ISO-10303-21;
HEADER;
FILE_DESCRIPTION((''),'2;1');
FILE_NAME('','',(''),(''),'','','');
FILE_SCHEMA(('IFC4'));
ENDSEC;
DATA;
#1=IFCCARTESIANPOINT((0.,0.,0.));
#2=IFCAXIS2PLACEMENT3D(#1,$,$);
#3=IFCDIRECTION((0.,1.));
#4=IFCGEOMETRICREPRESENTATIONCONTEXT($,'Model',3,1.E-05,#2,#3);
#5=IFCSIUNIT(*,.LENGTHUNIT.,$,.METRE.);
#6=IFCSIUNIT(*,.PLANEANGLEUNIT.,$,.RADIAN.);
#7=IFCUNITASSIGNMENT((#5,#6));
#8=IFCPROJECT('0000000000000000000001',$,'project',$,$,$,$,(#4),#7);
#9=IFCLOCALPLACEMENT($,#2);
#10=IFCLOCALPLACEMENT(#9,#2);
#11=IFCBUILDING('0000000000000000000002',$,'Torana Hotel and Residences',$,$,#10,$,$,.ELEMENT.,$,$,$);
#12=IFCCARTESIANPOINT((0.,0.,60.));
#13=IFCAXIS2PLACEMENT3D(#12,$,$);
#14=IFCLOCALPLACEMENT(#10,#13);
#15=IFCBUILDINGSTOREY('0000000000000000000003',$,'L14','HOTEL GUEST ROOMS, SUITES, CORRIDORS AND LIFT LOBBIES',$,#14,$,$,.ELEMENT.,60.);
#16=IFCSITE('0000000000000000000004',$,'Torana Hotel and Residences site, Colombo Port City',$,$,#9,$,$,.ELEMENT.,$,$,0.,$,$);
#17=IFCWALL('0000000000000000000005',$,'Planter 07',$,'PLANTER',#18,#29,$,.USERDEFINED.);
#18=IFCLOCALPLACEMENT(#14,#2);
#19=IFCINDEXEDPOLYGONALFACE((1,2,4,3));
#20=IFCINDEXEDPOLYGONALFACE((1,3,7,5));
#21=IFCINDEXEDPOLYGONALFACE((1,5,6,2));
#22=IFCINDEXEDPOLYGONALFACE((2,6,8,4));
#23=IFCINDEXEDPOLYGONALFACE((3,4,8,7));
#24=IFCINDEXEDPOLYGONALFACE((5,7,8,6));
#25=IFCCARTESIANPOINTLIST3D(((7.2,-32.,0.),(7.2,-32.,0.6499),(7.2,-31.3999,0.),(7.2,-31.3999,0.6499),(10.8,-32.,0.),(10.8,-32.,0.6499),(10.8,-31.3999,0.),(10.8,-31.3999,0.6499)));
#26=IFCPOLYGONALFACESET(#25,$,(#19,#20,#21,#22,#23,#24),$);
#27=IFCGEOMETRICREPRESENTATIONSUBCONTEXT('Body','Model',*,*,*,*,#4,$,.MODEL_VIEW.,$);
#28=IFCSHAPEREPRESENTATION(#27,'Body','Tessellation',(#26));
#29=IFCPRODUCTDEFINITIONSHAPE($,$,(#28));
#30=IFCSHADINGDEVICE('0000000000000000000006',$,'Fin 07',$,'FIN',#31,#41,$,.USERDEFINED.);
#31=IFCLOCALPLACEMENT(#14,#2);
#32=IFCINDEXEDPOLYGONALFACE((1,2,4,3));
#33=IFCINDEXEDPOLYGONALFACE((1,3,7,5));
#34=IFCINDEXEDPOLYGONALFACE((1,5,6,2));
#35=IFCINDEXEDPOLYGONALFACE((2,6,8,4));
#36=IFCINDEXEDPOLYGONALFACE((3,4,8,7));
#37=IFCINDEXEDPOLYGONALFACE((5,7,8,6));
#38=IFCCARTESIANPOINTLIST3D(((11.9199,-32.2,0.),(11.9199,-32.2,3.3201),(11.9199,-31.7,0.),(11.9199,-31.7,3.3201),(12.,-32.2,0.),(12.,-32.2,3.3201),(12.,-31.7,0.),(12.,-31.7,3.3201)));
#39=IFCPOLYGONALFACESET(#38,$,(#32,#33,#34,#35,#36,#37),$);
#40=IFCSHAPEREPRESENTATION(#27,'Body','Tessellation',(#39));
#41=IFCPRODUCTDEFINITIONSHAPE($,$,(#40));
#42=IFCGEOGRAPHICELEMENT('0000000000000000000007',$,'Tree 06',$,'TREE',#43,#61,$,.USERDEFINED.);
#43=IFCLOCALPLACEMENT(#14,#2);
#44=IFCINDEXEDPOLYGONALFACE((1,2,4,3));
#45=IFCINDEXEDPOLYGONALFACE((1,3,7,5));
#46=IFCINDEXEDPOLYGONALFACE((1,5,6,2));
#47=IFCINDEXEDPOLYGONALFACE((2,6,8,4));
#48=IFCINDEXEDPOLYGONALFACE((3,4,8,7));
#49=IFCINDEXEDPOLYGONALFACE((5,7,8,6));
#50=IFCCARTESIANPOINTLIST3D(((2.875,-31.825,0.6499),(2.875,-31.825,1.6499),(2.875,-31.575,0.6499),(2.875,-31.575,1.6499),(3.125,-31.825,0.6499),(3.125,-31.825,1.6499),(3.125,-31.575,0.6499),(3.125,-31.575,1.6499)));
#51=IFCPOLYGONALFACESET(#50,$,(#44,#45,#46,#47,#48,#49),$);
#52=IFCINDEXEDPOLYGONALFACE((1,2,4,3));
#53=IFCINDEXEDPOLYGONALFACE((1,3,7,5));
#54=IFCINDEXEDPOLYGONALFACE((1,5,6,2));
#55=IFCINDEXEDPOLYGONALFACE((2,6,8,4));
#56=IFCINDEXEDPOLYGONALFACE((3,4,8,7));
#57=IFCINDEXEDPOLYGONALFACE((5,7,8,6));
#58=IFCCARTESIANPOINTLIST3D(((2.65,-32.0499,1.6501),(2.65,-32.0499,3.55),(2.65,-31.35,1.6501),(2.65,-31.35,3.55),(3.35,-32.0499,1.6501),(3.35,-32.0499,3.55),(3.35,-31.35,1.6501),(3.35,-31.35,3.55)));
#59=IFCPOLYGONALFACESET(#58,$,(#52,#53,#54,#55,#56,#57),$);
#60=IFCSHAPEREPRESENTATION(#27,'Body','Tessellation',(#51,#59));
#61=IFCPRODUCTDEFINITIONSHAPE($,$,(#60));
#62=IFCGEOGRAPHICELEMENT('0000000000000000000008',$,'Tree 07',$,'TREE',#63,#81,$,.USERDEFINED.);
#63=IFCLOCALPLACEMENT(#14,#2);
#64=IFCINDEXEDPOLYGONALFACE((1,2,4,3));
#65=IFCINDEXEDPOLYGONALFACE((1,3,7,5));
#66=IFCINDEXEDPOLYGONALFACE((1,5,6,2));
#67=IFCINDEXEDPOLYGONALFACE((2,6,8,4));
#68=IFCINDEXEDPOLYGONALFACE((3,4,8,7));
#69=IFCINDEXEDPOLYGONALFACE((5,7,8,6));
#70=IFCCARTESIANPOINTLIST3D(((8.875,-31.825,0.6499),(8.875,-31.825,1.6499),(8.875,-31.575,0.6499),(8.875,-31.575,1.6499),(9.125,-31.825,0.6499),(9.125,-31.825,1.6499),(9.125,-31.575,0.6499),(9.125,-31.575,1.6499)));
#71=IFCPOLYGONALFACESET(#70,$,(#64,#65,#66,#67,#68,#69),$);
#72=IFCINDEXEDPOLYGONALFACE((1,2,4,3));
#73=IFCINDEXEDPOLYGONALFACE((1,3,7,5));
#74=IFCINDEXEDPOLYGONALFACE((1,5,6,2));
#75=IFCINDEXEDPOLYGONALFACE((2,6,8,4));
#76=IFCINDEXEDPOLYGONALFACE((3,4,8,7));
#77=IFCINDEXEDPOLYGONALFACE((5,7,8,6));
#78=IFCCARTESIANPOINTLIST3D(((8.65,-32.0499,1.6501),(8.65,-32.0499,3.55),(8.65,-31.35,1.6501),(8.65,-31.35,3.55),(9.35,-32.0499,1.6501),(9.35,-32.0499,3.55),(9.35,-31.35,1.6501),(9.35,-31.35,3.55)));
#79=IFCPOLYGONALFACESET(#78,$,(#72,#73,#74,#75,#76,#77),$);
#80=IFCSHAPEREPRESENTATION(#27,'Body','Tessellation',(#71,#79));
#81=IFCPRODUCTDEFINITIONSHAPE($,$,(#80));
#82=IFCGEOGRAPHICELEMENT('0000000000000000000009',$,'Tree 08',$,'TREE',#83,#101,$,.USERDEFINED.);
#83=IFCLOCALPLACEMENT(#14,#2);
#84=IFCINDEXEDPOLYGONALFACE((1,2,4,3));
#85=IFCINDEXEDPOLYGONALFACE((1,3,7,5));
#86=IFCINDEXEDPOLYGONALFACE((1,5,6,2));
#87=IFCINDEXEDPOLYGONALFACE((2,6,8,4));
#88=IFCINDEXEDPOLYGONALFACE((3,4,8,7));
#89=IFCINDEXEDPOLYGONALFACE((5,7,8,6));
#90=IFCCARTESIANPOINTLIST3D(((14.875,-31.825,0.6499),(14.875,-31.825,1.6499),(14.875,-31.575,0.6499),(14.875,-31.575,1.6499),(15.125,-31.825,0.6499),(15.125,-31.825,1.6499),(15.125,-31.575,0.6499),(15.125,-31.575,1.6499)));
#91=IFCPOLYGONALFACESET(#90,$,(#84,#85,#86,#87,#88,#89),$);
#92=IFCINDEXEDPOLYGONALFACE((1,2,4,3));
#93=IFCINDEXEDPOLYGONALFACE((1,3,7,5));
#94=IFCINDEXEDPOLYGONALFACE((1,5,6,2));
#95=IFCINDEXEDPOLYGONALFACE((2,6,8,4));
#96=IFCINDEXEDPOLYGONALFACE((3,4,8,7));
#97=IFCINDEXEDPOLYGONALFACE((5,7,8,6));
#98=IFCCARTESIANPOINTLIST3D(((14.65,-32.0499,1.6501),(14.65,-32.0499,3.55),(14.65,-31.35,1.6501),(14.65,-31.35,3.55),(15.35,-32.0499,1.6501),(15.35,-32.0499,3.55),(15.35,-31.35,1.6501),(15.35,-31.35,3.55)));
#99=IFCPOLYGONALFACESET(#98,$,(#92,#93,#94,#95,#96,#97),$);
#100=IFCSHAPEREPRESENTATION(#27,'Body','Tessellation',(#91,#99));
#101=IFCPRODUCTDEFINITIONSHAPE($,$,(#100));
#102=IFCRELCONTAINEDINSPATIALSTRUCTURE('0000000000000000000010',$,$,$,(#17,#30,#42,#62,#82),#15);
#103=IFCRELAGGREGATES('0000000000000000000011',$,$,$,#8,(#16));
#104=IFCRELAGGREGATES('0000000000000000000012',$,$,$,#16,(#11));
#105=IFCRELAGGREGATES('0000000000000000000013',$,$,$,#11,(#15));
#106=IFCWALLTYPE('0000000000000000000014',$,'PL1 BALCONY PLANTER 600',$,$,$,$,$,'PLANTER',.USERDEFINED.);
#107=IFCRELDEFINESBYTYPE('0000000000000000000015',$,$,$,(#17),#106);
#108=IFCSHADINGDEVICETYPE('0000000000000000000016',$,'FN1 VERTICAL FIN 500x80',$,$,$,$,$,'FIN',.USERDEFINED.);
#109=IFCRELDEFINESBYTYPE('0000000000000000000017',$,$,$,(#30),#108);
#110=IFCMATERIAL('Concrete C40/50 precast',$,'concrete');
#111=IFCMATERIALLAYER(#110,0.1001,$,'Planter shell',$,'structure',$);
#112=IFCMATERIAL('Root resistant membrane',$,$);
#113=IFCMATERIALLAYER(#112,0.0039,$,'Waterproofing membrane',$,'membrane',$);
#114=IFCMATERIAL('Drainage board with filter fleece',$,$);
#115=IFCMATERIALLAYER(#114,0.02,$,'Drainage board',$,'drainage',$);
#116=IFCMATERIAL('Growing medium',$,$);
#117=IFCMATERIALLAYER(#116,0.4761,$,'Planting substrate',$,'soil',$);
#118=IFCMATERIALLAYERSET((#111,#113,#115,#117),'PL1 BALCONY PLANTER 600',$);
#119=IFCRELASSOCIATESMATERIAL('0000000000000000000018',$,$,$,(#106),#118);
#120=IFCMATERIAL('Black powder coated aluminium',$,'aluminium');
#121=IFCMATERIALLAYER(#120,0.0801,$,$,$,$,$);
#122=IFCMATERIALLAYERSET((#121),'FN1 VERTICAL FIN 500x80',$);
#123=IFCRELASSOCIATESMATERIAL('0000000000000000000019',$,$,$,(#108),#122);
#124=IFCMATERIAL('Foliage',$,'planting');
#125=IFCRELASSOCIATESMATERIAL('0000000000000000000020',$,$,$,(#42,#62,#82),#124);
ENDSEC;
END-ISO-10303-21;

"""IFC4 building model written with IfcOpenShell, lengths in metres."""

from ifc_helpers import new_model, si_unit, direction, frame, frame_2d, origin, origin_2d, place, context, subcontext, project, spatial, rectangle, extrude, material, layer, layer_set, type_object, element, save


model = new_model("IFC4")

# Units and contexts
model_context = context("Model", 3, precision=1e-05, world=origin(), true_north=direction((0.0, 1.0)))
body_context = subcontext(model_context, "Body", "Model", "MODEL_VIEW")
ifc_project = project(units=[si_unit("LENGTHUNIT", "METRE"), si_unit("PLANEANGLEUNIT", "RADIAN")], contexts=[model_context])

# Site, building, storey
site_placement = place(None, origin())
site = spatial("IfcSite", under=ifc_project, at=site_placement, Name="Torana Hotel and Residences site, Colombo Port City", CompositionType="ELEMENT", RefElevation=0.0)
building_placement = place(site_placement, origin())
building = spatial("IfcBuilding", under=site, at=building_placement, Name="Torana Hotel and Residences", CompositionType="ELEMENT")
storey_placement = place(building_placement, frame((0.0, 0.0, 60.0)))
storey = spatial("IfcBuildingStorey", under=building, at=storey_placement, Name="L14", Description="HOTEL GUEST ROOMS, SUITES, CORRIDORS AND LIFT LOBBIES", CompositionType="ELEMENT", Elevation=60.0)

# Wall
ifc_material_1 = material(Name="Concrete C40/50 precast", Category="concrete")
ifc_layer_1 = layer(ifc_material_1, 0.1001, Name="Planter shell", Category="structure")
ifc_material_2 = material(Name="Root resistant membrane")
ifc_layer_2 = layer(ifc_material_2, 0.0039, Name="Waterproofing membrane", Category="membrane")
ifc_material_3 = material(Name="Drainage board with filter fleece")
ifc_layer_3 = layer(ifc_material_3, 0.02, Name="Drainage board", Category="drainage")
ifc_material_4 = material(Name="Growing medium")
ifc_layer_4 = layer(ifc_material_4, 0.4761, Name="Planting substrate", Category="soil")
ifc_layer_set_1 = layer_set([ifc_layer_1, ifc_layer_2, ifc_layer_3, ifc_layer_4], Name="PL1 BALCONY PLANTER 600")
wall_type_1 = type_object("IfcWallType", Name="PL1 BALCONY PLANTER 600", ElementType="PLANTER", PredefinedType="USERDEFINED", material=ifc_layer_set_1)
for number, where, z_axis, x_axis, name in (
    (1, (10.8, -31.7, 0.0), (0.0, 0.0, 1.0), (-1.0, 0.0, 0.0), "Planter 07"),
):
    element("IfcWall", number, at=place(storey_placement, frame(where, z_axis=z_axis, x_axis=x_axis)), inside=storey, type_object=wall_type_1, Name=name, ObjectType="PLANTER", PredefinedType="USERDEFINED", context=body_context, shape_type="SweptSolid", body=[
        extrude(rectangle(XDim=3.6001, YDim=0.6001, at=frame_2d((1.8, 0.0))), origin(), (0.0, 0.0, 1.0), 0.6499),
    ])

# Shading device
ifc_material_5 = material(Name="Black powder coated aluminium", Category="aluminium")
ifc_layer_5 = layer(ifc_material_5, 0.0801)
ifc_layer_set_2 = layer_set([ifc_layer_5], Name="FN1 VERTICAL FIN 500x80")
shading_device_type = type_object("IfcShadingDeviceType", Name="FN1 VERTICAL FIN 500x80", ElementType="FIN", PredefinedType="USERDEFINED", material=ifc_layer_set_2)
shading_device_placement = place(storey_placement, frame((11.96, -31.95, 0.0), z_axis=(0.0, 0.0, 1.0), x_axis=(-1.0, 0.0, 0.0)))
element("IfcShadingDevice", 2, at=shading_device_placement, inside=storey, type_object=shading_device_type, Name="Fin 07", ObjectType="FIN", PredefinedType="USERDEFINED", context=body_context, shape_type="SweptSolid", body=[
    extrude(rectangle(XDim=0.0801, YDim=0.5, at=origin_2d()), origin(), (0.0, 0.0, 1.0), 3.3201),
])

# Geographic elements
ifc_material_6 = material(Name="Foliage", Category="planting")
for number, where, z_axis, x_axis, name in (
    (3, (3.0, -31.7, 0.6499), (0.0, 0.0, 1.0), (1.0, 0.0, 0.0), "Tree 06"),
    (4, (9.0, -31.7, 0.6499), (0.0, 0.0, 1.0), (1.0, 0.0, 0.0), "Tree 07"),
    (5, (15.0, -31.7, 0.6499), (0.0, 0.0, 1.0), (1.0, 0.0, 0.0), "Tree 08"),
):
    element("IfcGeographicElement", number, at=place(storey_placement, frame(where, z_axis=z_axis, x_axis=x_axis)), inside=storey, material=ifc_material_6, Name=name, ObjectType="TREE", PredefinedType="USERDEFINED", context=body_context, shape_type="SweptSolid", body=[
        extrude(rectangle(XDim=0.25, YDim=0.25, at=origin_2d()), origin(), (0.0, 0.0, 1.0), 1.0),
        extrude(rectangle(XDim=0.7, YDim=0.7, at=origin_2d()), frame((0.0, 0.0, 1.0002)), (0.0, 0.0, 1.0), 1.8999),
    ])

save(model, "model.ifc")
